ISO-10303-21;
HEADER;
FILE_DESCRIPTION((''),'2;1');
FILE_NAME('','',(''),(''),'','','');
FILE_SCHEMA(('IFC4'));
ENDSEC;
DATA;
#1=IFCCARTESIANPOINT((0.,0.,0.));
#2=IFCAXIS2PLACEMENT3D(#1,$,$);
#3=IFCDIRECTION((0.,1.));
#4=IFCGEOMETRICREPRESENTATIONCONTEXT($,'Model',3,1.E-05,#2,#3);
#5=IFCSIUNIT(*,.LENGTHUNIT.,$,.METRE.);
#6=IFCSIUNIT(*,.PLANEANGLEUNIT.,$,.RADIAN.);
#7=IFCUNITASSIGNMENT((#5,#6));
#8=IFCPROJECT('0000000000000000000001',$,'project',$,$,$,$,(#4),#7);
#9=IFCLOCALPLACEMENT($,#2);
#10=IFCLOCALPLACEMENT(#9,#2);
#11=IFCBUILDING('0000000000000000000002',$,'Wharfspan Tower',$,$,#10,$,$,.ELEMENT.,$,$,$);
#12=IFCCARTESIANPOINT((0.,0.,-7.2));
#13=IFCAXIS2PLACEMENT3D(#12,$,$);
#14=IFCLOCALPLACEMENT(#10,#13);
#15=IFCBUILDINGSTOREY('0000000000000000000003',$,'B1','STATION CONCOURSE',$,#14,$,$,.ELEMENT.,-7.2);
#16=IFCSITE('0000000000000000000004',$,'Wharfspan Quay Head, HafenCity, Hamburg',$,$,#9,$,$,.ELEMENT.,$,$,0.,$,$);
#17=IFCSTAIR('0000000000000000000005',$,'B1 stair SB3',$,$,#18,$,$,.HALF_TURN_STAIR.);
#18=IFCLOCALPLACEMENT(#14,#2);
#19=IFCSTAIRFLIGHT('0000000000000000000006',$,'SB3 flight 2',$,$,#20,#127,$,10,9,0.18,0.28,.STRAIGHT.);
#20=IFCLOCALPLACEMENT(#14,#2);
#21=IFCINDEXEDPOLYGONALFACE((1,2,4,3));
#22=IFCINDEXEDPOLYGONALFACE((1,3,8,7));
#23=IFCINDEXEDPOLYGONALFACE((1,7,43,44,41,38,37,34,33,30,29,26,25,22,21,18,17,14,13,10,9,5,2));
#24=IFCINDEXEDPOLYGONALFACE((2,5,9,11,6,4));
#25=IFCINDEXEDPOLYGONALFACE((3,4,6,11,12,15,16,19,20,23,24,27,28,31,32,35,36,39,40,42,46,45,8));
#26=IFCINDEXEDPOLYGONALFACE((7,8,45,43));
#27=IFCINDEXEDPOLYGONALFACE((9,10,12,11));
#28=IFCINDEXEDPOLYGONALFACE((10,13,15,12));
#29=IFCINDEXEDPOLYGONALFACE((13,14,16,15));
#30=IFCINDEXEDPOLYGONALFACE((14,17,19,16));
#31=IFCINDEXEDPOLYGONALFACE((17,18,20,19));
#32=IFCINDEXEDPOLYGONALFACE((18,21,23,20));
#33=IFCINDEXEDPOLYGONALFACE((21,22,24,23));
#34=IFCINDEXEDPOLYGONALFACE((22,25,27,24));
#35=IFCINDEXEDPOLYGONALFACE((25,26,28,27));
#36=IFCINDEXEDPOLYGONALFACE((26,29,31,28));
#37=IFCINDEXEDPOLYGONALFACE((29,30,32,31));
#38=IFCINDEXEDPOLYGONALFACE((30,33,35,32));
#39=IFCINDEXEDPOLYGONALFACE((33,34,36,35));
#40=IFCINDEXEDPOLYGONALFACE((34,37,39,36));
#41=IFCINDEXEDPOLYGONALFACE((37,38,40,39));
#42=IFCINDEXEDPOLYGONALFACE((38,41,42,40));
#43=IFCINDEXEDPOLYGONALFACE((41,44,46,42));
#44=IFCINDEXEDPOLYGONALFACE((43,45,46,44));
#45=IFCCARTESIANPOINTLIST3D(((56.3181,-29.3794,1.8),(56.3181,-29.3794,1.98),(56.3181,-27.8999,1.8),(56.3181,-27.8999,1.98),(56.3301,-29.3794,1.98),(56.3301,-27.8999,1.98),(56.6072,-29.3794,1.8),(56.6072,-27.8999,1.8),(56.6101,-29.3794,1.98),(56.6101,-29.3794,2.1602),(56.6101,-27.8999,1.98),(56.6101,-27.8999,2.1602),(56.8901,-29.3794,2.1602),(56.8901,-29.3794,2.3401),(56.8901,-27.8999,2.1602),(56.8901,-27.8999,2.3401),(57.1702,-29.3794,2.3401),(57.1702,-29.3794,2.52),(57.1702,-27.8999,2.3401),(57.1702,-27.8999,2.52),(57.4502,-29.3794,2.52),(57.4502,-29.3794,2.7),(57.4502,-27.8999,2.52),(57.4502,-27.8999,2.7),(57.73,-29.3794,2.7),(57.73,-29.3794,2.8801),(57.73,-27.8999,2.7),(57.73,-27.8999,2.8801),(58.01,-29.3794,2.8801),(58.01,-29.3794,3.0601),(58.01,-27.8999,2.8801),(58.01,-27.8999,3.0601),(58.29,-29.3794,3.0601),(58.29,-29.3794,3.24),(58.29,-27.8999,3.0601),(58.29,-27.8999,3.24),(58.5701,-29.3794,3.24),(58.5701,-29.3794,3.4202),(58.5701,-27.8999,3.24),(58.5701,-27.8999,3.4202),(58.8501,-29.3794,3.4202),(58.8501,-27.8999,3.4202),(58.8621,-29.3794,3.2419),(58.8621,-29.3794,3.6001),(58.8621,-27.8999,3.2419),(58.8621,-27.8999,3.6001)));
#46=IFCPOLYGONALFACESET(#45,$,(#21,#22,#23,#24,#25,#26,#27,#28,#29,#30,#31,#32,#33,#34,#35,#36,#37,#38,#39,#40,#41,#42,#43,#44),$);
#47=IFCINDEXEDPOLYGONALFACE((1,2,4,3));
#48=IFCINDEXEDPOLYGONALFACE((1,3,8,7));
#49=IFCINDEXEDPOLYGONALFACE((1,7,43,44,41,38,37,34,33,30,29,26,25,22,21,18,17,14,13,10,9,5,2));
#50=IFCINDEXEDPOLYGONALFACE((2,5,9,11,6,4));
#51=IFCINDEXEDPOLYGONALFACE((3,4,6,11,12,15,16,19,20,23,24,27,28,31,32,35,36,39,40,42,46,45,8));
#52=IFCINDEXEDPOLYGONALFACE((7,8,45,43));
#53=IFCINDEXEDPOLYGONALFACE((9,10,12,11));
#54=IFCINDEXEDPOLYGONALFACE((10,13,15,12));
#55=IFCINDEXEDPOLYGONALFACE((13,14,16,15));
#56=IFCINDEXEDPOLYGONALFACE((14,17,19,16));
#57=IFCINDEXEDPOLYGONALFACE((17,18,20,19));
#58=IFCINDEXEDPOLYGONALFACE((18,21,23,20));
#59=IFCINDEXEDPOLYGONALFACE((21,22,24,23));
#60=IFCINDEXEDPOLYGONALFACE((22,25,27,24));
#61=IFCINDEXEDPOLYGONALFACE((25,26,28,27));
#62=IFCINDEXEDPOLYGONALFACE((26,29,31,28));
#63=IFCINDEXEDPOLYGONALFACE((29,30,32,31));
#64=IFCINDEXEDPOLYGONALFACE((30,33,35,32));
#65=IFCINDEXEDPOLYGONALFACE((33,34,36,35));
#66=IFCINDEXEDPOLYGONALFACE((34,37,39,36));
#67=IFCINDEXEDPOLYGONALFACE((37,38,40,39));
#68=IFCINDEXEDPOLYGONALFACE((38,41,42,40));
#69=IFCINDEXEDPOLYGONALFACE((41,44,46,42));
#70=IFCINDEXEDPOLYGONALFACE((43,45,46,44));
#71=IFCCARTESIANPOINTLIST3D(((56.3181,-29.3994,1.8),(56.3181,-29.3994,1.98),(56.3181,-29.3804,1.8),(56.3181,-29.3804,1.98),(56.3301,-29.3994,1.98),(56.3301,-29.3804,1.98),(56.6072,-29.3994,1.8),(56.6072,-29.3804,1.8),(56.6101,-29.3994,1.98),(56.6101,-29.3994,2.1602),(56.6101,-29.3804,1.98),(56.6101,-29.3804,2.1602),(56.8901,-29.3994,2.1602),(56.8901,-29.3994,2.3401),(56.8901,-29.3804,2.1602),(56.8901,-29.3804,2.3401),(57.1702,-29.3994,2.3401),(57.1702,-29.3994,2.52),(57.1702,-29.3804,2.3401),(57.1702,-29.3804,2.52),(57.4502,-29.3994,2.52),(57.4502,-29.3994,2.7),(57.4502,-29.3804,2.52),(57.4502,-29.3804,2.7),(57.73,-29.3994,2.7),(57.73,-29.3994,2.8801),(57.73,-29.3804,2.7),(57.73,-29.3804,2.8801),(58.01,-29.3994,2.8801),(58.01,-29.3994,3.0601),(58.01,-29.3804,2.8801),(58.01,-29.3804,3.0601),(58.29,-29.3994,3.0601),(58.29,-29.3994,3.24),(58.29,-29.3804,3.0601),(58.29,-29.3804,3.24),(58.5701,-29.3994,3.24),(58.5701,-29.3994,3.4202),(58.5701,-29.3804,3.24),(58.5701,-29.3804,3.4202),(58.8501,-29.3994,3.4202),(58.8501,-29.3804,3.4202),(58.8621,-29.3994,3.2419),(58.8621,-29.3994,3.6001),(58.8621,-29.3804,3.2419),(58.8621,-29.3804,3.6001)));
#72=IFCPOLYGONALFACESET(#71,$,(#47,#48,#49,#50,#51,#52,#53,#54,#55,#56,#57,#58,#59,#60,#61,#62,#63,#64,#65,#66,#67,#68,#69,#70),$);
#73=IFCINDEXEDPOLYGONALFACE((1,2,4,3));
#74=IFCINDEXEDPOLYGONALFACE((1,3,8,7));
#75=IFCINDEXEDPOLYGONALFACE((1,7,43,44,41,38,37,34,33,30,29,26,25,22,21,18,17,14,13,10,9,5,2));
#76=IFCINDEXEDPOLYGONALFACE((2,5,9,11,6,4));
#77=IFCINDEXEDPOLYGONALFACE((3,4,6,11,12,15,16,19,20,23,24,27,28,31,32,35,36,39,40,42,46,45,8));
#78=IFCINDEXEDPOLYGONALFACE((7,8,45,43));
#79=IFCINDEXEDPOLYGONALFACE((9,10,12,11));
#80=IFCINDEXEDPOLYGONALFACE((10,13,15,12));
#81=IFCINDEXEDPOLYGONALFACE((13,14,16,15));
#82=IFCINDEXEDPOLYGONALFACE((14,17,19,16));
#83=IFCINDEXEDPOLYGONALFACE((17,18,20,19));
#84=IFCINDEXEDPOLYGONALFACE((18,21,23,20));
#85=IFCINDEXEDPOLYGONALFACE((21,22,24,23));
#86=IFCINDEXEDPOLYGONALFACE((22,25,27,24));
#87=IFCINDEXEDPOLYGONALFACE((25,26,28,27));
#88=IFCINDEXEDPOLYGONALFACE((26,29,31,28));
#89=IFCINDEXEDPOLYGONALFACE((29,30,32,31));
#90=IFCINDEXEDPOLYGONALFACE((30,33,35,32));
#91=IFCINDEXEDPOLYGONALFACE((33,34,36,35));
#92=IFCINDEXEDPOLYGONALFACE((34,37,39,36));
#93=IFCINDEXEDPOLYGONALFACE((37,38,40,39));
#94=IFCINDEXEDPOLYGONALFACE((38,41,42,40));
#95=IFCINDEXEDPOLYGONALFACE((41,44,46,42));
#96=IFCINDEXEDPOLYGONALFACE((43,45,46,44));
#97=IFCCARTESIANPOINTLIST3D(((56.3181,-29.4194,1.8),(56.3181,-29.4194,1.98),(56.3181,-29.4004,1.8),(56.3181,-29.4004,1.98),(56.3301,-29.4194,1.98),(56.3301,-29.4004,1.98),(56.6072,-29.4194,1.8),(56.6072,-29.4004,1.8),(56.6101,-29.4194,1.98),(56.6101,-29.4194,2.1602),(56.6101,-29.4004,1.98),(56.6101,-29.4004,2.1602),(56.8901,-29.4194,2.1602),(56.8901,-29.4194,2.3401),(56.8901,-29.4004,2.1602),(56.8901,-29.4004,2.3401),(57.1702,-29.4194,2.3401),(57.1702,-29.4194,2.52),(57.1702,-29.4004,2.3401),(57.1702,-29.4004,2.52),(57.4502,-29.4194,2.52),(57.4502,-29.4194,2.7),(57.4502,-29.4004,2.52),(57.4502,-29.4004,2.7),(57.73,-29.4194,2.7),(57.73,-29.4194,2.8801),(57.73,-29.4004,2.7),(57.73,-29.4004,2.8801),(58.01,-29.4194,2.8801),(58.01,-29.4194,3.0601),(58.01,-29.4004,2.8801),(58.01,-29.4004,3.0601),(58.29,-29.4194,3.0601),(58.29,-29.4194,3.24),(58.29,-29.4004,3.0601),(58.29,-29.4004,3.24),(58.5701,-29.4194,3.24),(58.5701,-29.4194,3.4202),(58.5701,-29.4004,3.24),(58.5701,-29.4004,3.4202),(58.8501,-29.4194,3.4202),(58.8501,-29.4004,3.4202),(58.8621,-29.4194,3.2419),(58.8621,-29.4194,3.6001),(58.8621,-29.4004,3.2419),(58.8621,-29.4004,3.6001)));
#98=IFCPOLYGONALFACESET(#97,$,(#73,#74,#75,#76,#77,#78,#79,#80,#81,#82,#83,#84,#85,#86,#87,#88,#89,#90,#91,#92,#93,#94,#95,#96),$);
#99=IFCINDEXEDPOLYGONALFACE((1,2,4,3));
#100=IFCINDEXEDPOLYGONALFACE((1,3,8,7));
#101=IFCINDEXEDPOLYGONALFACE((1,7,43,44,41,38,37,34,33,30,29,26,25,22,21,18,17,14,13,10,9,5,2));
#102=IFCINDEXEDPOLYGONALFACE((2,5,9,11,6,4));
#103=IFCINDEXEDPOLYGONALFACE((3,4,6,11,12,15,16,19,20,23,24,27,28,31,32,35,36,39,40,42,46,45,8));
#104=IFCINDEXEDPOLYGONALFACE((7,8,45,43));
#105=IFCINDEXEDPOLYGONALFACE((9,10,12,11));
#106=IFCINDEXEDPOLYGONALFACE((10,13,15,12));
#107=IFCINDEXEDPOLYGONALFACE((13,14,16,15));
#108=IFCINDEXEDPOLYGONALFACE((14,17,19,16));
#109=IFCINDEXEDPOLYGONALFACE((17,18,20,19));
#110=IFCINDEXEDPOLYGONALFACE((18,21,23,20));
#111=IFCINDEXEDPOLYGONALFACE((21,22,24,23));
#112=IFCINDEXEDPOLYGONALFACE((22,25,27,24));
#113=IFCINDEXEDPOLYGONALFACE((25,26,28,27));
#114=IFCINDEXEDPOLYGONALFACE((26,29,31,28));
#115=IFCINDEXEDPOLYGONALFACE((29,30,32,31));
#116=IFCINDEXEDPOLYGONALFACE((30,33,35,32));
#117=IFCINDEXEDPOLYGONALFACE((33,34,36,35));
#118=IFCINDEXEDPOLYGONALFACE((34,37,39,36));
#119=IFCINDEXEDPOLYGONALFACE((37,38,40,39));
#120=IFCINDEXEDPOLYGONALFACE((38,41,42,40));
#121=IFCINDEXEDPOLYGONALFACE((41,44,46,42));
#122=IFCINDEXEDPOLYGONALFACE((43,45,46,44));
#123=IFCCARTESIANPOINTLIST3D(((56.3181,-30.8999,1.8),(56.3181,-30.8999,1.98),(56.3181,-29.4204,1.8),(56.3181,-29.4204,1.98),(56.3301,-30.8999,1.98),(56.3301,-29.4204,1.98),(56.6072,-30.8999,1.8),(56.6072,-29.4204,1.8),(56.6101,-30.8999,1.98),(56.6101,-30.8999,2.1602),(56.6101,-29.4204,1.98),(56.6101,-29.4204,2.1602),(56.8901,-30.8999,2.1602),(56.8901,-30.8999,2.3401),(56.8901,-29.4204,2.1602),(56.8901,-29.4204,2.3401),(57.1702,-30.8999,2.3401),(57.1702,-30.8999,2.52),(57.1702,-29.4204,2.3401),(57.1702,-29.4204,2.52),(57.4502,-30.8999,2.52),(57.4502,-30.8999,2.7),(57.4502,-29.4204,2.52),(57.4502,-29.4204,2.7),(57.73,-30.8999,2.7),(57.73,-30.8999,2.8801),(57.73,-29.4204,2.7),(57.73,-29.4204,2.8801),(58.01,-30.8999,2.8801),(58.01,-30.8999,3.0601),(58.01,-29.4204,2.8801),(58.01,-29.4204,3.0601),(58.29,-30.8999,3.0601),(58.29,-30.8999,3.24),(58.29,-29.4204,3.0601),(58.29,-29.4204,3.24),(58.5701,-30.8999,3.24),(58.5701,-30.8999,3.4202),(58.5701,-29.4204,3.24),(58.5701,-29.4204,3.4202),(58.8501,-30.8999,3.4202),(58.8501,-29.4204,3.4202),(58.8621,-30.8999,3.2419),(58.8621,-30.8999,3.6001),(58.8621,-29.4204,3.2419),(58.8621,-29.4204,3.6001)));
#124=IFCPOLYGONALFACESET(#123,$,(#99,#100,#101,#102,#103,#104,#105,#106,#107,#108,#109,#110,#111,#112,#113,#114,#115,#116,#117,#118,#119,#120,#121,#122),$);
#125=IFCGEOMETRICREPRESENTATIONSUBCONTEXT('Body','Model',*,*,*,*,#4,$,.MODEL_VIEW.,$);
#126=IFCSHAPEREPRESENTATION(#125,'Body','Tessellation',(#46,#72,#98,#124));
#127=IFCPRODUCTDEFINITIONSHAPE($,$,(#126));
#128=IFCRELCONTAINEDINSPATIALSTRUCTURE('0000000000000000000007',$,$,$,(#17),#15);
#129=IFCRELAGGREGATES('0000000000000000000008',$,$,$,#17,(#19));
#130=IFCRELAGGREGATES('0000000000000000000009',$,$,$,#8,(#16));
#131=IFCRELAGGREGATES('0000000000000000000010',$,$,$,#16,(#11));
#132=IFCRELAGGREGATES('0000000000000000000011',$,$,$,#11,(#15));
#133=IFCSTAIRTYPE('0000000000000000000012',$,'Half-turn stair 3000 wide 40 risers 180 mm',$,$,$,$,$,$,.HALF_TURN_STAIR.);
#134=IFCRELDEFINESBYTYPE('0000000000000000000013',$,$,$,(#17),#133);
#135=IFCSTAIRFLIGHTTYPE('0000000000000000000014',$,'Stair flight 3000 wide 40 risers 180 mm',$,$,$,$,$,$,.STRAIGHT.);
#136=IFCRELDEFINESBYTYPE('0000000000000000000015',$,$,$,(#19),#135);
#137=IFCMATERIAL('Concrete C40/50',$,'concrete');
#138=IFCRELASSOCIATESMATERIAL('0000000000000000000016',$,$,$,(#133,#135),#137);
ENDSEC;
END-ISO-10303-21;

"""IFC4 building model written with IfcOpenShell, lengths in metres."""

from ifc_helpers import new_model, si_unit, direction, frame, origin, place, context, subcontext, project, spatial, polyline, outline, extrude, material, type_object, element, aggregate, save


model = new_model("IFC4")

# Units and contexts
model_context = context("Model", 3, precision=1e-05, world=origin(), true_north=direction((0.0, 1.0)))
body_context = subcontext(model_context, "Body", "Model", "MODEL_VIEW")
ifc_project = project(units=[si_unit("LENGTHUNIT", "METRE"), si_unit("PLANEANGLEUNIT", "RADIAN")], contexts=[model_context])

# Site, building, storey
site_placement = place(None, origin())
site = spatial("IfcSite", under=ifc_project, at=site_placement, Name="Wharfspan Quay Head, HafenCity, Hamburg", CompositionType="ELEMENT", RefElevation=0.0)
building_placement = place(site_placement, origin())
building = spatial("IfcBuilding", under=site, at=building_placement, Name="Wharfspan Tower", CompositionType="ELEMENT")
storey_placement = place(building_placement, frame((0.0, 0.0, -7.2)))
storey = spatial("IfcBuildingStorey", under=building, at=storey_placement, Name="B1", Description="STATION CONCOURSE", CompositionType="ELEMENT", Elevation=-7.2)

# Stair, stair flight
ifc_material_1 = material(Name="Concrete C40/50", Category="concrete")
stair_type = type_object("IfcStairType", Name="Half-turn stair 3000 wide 40 risers 180 mm", PredefinedType="HALF_TURN_STAIR", material=ifc_material_1)
stair_placement = place(storey_placement, origin())
stair = element("IfcStair", 1, at=stair_placement, inside=storey, type_object=stair_type, Name="B1 stair SB3", PredefinedType="HALF_TURN_STAIR")
stair_flight_type = type_object("IfcStairFlightType", Name="Stair flight 3000 wide 40 risers 180 mm", PredefinedType="STRAIGHT", material=ifc_material_1)
stair_flight_1_placement = place(storey_placement, frame((56.3301, -29.3999, 1.8), z_axis=(0.0, 0.0, 1.0), x_axis=(1.0, 0.0, 0.0)))
stair_flight_1 = element("IfcStairFlight", 2, at=stair_flight_1_placement, type_object=stair_flight_type, Name="SB3 flight 2", NumberOfRisers=10, NumberOfTreads=9, PredefinedType="STRAIGHT", RiserHeight=0.18, TreadLength=0.28, context=body_context, shape_type="SweptSolid", body=[
    extrude(outline(polyline([(-0.012, 0.0), (-0.012, 0.1799), (0.0, 0.1799), (0.28, 0.1799), (0.28, 0.3601), (0.5601, 0.3601), (0.5601, 0.54), (0.8401, 0.54), (0.8401, 0.72), (1.1201, 0.72), (1.1201, 0.8999), (1.3999, 0.8999), (1.3999, 1.0801), (1.6799, 1.0801), (1.6799, 1.26), (1.96, 1.26), (1.96, 1.4399), (2.24, 1.4399), (2.24, 1.6201), (2.52, 1.6201), (2.532, 1.8), (2.532, 1.4419), (0.2771, 0.0), (-0.012, 0.0)])), frame((0.0, 1.5, 0.0), z_axis=(0.0, -1.0, 0.0), x_axis=(1.0, 0.0, 0.0)), (0.0, 0.0, 1.0), 1.4795),
    extrude(outline(polyline([(-0.012, 0.0), (-0.012, 0.1799), (0.0, 0.1799), (0.28, 0.1799), (0.28, 0.3601), (0.5601, 0.3601), (0.5601, 0.54), (0.8401, 0.54), (0.8401, 0.72), (1.1201, 0.72), (1.1201, 0.8999), (1.3999, 0.8999), (1.3999, 1.0801), (1.6799, 1.0801), (1.6799, 1.26), (1.96, 1.26), (1.96, 1.4399), (2.24, 1.4399), (2.24, 1.6201), (2.52, 1.6201), (2.532, 1.8), (2.532, 1.4419), (0.2771, 0.0), (-0.012, 0.0)])), frame((0.0, 0.0195, 0.0), z_axis=(0.0, -1.0, 0.0), x_axis=(1.0, 0.0, 0.0)), (0.0, 0.0, 1.0), 0.019),
    extrude(outline(polyline([(-0.012, 0.0), (-0.012, 0.1799), (0.0, 0.1799), (0.28, 0.1799), (0.28, 0.3601), (0.5601, 0.3601), (0.5601, 0.54), (0.8401, 0.54), (0.8401, 0.72), (1.1201, 0.72), (1.1201, 0.8999), (1.3999, 0.8999), (1.3999, 1.0801), (1.6799, 1.0801), (1.6799, 1.26), (1.96, 1.26), (1.96, 1.4399), (2.24, 1.4399), (2.24, 1.6201), (2.52, 1.6201), (2.532, 1.8), (2.532, 1.4419), (0.2771, 0.0), (-0.012, 0.0)])), frame((0.0, -0.0005, 0.0), z_axis=(0.0, -1.0, 0.0), x_axis=(1.0, 0.0, 0.0)), (0.0, 0.0, 1.0), 0.019),
    extrude(outline(polyline([(-0.012, 0.0), (-0.012, 0.1799), (0.0, 0.1799), (0.28, 0.1799), (0.28, 0.3601), (0.5601, 0.3601), (0.5601, 0.54), (0.8401, 0.54), (0.8401, 0.72), (1.1201, 0.72), (1.1201, 0.8999), (1.3999, 0.8999), (1.3999, 1.0801), (1.6799, 1.0801), (1.6799, 1.26), (1.96, 1.26), (1.96, 1.4399), (2.24, 1.4399), (2.24, 1.6201), (2.52, 1.6201), (2.532, 1.8), (2.532, 1.4419), (0.2771, 0.0), (-0.012, 0.0)])), frame((0.0, -0.0205, 0.0), z_axis=(0.0, -1.0, 0.0), x_axis=(1.0, 0.0, 0.0)), (0.0, 0.0, 1.0), 1.4795),
])
aggregate(stair, [stair_flight_1])

save(model, "model.ifc")
